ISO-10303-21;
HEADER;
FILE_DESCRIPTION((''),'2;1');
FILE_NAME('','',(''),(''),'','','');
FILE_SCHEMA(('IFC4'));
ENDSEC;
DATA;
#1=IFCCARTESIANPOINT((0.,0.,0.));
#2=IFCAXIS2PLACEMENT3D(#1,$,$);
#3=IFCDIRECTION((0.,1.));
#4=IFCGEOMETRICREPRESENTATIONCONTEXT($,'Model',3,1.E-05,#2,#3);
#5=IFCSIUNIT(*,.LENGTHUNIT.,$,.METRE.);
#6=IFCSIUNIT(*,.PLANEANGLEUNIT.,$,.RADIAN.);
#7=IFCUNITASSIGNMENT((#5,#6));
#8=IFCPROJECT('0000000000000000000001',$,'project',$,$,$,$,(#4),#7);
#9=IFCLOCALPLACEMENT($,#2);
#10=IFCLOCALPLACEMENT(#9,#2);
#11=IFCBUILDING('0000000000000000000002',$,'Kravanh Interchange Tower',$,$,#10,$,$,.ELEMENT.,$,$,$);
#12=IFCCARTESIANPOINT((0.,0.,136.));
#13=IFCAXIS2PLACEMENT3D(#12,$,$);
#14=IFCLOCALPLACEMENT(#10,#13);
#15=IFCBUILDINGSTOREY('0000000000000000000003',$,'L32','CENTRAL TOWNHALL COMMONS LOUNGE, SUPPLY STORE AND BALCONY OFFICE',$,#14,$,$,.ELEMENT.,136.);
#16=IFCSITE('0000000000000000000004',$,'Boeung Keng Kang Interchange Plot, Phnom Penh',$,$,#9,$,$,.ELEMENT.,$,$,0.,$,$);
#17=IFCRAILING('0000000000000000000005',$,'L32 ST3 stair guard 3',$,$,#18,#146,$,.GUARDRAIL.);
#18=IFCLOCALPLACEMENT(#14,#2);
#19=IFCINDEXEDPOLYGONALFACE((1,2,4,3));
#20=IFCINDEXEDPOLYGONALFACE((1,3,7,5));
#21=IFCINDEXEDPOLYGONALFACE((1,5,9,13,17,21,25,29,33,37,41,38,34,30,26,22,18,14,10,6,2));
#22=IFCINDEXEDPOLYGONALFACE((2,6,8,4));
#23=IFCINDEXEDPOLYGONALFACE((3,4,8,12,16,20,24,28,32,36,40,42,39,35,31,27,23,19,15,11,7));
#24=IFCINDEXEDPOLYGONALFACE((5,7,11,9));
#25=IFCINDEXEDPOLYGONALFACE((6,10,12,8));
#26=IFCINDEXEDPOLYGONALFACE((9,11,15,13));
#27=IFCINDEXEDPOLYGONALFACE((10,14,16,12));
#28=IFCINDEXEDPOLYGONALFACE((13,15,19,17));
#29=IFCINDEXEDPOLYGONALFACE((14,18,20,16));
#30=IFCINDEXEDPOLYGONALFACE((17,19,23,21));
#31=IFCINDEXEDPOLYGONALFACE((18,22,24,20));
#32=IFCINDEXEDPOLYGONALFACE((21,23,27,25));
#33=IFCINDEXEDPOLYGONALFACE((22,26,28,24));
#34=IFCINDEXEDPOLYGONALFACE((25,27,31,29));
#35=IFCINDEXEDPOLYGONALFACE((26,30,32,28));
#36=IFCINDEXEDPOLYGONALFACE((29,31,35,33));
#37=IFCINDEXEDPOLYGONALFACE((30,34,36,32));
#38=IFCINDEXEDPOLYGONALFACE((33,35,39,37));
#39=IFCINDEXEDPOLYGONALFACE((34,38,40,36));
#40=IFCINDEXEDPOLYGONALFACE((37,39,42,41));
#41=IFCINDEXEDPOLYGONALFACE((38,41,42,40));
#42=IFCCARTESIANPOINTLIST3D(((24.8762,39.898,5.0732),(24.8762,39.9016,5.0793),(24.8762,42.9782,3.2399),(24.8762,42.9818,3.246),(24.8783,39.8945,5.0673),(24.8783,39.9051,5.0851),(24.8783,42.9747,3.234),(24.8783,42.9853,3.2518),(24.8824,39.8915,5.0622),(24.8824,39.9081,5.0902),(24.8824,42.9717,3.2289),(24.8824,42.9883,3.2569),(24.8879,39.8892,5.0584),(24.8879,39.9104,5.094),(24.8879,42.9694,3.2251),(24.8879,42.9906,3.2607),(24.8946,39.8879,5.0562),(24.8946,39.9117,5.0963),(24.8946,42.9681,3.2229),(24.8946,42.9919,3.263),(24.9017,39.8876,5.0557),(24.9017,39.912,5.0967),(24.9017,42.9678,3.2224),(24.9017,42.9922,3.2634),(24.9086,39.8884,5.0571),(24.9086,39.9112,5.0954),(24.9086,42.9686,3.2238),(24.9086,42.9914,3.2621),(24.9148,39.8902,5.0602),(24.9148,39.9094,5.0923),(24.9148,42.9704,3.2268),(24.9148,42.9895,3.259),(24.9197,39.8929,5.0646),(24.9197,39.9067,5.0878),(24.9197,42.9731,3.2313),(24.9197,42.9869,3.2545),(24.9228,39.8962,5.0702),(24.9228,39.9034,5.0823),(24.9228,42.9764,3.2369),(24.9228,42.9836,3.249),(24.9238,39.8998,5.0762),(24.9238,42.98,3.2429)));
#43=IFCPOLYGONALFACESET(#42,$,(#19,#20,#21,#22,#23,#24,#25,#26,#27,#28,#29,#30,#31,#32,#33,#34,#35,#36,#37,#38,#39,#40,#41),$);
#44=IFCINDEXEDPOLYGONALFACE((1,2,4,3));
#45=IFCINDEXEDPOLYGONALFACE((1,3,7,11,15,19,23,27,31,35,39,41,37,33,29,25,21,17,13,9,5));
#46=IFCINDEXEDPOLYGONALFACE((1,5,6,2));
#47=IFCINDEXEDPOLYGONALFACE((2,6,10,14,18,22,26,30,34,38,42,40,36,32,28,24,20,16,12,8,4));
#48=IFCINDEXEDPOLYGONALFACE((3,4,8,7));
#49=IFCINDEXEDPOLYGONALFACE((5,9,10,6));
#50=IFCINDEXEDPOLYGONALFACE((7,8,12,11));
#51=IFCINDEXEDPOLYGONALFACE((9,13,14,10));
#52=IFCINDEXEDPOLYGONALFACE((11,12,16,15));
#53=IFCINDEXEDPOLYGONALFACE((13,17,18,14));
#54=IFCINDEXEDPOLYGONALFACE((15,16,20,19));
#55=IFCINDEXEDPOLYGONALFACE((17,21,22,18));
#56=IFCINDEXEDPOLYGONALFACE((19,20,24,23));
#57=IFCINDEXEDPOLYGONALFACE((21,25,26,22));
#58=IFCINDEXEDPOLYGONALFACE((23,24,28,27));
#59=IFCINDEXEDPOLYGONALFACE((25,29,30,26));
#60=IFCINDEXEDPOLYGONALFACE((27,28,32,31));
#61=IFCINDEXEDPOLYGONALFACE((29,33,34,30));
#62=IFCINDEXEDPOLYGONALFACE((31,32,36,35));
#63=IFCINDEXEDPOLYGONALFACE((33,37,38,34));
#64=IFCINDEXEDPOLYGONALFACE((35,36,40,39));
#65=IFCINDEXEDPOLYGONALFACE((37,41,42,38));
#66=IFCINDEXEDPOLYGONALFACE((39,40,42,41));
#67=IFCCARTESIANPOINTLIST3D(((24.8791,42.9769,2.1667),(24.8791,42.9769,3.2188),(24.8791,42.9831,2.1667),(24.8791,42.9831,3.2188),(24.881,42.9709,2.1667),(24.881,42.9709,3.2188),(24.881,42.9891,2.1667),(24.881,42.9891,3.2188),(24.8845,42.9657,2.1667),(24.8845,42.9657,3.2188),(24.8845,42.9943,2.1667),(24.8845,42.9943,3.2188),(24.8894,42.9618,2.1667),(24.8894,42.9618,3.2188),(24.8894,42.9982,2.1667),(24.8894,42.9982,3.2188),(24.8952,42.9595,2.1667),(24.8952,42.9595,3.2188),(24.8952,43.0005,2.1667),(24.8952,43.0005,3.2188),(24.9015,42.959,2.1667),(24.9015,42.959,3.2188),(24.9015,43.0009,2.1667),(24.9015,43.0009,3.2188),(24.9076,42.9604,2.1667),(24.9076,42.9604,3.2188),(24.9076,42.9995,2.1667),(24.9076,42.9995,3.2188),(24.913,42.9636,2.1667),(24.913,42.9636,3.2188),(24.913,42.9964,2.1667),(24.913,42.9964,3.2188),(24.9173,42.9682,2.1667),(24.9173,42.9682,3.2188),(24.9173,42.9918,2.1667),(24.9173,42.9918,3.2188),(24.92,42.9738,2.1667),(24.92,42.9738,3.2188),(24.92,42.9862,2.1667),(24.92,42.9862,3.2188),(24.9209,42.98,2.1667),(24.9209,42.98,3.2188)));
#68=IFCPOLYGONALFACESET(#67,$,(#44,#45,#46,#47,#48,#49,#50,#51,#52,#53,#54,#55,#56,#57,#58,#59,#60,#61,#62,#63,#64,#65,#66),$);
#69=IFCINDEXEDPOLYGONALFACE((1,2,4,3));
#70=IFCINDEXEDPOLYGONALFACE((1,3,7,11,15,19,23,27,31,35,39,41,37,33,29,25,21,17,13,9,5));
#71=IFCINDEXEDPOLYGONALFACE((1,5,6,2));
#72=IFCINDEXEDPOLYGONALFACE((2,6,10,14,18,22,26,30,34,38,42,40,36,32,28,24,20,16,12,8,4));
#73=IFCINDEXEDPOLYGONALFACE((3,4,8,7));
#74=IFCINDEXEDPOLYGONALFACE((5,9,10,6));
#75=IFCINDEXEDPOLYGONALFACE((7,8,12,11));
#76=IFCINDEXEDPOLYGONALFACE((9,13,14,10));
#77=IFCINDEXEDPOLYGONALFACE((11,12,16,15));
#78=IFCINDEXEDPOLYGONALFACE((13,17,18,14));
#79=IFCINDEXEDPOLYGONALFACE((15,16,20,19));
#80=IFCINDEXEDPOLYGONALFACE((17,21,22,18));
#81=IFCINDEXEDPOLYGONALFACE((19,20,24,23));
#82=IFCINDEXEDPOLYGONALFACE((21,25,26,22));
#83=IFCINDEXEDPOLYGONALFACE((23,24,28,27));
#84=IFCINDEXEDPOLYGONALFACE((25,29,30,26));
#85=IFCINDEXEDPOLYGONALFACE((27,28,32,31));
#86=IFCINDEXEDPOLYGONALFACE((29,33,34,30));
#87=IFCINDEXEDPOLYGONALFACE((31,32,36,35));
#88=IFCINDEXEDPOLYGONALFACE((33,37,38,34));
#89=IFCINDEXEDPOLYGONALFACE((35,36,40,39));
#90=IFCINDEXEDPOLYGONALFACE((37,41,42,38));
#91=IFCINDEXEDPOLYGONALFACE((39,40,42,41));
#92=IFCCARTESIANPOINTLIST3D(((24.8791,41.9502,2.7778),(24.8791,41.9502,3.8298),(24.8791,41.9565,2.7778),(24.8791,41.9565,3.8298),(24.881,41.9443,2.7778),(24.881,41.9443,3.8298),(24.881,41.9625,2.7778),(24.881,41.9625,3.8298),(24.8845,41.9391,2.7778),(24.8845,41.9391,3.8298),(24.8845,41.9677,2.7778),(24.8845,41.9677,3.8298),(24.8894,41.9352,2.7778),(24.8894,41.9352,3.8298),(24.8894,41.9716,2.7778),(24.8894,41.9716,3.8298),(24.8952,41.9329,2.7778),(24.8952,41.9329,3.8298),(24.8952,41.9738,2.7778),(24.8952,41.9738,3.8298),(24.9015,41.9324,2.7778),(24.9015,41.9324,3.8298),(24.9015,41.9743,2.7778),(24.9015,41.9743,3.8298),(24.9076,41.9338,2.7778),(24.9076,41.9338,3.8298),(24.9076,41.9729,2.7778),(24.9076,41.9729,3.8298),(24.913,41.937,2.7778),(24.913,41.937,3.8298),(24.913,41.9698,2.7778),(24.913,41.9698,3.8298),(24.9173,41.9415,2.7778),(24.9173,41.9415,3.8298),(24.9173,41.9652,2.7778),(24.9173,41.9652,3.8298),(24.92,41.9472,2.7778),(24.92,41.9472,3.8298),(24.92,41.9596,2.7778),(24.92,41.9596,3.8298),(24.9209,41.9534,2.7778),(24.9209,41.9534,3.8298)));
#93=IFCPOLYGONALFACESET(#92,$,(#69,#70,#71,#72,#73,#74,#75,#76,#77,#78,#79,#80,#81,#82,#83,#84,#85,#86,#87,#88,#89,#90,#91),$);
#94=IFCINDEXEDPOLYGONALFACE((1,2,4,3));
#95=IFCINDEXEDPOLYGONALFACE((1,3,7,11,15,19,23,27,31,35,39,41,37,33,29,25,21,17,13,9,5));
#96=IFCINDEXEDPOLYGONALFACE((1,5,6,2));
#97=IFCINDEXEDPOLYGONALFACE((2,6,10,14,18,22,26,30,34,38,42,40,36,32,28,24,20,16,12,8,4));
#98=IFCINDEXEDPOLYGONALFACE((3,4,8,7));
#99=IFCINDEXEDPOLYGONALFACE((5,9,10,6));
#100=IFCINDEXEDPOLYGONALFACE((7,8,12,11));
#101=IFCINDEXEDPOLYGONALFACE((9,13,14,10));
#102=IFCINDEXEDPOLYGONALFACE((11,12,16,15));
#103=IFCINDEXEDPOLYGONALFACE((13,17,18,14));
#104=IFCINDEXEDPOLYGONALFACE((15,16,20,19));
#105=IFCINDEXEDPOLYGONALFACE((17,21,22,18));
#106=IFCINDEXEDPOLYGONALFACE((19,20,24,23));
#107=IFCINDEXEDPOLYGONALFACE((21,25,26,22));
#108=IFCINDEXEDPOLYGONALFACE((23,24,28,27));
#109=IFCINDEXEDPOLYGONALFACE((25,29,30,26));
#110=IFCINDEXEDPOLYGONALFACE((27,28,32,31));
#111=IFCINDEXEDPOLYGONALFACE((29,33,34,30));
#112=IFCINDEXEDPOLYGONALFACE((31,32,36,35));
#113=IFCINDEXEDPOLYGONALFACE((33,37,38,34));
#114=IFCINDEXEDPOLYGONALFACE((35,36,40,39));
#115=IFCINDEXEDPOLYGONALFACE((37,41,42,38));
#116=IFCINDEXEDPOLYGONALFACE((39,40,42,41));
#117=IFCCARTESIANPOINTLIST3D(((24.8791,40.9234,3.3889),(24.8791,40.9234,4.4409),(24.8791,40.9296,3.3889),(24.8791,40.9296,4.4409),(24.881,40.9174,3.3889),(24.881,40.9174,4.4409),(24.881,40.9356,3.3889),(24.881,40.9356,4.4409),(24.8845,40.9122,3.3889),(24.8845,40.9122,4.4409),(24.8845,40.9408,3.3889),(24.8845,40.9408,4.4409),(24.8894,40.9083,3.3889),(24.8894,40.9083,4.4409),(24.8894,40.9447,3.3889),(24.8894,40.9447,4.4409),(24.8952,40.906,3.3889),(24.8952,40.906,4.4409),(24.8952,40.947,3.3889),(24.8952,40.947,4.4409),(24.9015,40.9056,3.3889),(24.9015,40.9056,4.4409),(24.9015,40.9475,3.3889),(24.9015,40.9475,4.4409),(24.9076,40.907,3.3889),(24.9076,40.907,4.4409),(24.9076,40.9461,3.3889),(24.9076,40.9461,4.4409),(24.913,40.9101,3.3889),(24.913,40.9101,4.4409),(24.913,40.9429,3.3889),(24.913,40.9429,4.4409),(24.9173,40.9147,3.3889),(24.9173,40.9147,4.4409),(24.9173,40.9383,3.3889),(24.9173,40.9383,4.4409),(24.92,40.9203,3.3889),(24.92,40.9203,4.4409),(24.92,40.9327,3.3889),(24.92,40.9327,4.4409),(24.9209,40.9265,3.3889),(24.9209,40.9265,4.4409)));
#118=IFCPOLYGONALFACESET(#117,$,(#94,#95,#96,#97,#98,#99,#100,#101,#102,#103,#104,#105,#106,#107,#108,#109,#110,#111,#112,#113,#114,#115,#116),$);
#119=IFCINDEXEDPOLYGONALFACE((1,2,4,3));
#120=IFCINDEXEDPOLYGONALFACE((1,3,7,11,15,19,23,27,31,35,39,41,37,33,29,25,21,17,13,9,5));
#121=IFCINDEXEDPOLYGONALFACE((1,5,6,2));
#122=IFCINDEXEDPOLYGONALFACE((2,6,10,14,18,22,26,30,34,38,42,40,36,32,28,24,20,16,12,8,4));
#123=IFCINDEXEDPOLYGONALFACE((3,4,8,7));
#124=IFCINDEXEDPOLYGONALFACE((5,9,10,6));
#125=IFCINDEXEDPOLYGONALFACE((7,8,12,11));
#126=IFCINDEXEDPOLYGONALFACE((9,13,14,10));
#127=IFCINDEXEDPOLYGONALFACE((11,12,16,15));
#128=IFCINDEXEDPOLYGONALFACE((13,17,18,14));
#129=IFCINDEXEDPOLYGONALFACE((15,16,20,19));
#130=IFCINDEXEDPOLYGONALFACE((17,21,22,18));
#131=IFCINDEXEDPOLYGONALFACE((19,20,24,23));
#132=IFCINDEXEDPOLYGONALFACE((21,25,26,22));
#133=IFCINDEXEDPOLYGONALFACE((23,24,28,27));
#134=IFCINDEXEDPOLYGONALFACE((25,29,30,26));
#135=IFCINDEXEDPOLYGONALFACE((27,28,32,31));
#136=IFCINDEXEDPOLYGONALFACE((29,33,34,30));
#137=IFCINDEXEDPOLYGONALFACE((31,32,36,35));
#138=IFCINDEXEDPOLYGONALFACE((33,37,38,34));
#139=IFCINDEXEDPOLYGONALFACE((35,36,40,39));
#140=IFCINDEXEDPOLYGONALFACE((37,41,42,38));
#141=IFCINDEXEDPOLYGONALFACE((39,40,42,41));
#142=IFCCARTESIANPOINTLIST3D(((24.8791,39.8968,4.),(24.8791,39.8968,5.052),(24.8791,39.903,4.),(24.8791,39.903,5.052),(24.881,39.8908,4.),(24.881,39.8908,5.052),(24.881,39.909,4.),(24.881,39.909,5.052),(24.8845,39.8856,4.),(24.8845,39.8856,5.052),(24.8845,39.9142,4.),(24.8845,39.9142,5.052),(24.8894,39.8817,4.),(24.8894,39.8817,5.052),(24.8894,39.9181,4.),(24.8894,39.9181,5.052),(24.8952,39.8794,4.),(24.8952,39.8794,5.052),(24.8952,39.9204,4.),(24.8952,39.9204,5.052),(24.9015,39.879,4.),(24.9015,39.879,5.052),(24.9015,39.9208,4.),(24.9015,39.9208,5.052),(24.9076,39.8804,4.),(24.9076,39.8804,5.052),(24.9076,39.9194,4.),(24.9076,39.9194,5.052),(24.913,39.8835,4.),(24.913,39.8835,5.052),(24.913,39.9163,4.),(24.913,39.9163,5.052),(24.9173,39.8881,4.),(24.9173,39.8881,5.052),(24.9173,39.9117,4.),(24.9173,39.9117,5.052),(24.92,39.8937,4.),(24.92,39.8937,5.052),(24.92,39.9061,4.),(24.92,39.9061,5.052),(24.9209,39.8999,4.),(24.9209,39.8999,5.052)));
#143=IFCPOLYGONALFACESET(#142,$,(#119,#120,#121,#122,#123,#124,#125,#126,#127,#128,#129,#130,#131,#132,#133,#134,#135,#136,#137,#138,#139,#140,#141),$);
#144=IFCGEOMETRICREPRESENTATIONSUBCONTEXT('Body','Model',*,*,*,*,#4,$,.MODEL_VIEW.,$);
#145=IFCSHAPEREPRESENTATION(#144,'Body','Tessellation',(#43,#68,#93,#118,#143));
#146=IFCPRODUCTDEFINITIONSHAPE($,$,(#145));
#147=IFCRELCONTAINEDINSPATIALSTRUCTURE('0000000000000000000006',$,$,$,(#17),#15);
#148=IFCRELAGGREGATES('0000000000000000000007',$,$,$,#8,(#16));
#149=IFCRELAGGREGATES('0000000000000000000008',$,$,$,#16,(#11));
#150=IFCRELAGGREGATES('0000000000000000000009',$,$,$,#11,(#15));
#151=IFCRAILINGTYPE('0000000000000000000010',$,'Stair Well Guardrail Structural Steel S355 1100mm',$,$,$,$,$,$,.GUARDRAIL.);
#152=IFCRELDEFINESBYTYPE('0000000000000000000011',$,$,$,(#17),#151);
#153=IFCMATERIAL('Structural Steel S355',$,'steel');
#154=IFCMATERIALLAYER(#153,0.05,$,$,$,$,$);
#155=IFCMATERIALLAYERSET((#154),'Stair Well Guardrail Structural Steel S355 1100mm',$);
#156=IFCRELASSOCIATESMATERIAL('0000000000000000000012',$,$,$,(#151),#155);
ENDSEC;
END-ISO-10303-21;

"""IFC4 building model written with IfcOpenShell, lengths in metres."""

from ifc_helpers import new_model, si_unit, direction, frame, origin, origin_2d, place, context, subcontext, project, spatial, circle, extrude, material, layer, layer_set, type_object, element, save


model = new_model("IFC4")

# Units and contexts
model_context = context("Model", 3, precision=1e-05, world=origin(), true_north=direction((0.0, 1.0)))
body_context = subcontext(model_context, "Body", "Model", "MODEL_VIEW")
ifc_project = project(units=[si_unit("LENGTHUNIT", "METRE"), si_unit("PLANEANGLEUNIT", "RADIAN")], contexts=[model_context])

# Site, building, storey
site_placement = place(None, origin())
site = spatial("IfcSite", under=ifc_project, at=site_placement, Name="Boeung Keng Kang Interchange Plot, Phnom Penh", CompositionType="ELEMENT", RefElevation=0.0)
building_placement = place(site_placement, origin())
building = spatial("IfcBuilding", under=site, at=building_placement, Name="Kravanh Interchange Tower", CompositionType="ELEMENT")
storey_placement = place(building_placement, frame((0.0, 0.0, 136.0)))
storey = spatial("IfcBuildingStorey", under=building, at=storey_placement, Name="L32", Description="CENTRAL TOWNHALL COMMONS LOUNGE, SUPPLY STORE AND BALCONY OFFICE", CompositionType="ELEMENT", Elevation=136.0)

# Railing
ifc_material_1 = material(Name="Structural Steel S355", Category="steel")
ifc_layer_1 = layer(ifc_material_1, 0.05)
ifc_layer_set_1 = layer_set([ifc_layer_1], Name="Stair Well Guardrail Structural Steel S355 1100mm")
railing_type_1 = type_object("IfcRailingType", Name="Stair Well Guardrail Structural Steel S355 1100mm", PredefinedType="GUARDRAIL", material=ifc_layer_set_1)
railing_1_placement = place(storey_placement, frame((24.8999, 42.98, 2.1667)))
element("IfcRailing", 1, at=railing_1_placement, inside=storey, type_object=railing_type_1, Name="L32 ST3 stair guard 3", PredefinedType="GUARDRAIL", context=body_context, shape_type="SweptSolid", body=[
    extrude(circle(Radius=0.0239, at=origin_2d()), frame((0.0, 0.0, 1.0762), z_axis=(0.0, -0.859309, 0.511458), x_axis=(1.0, 0.0, 0.0)), (0.0, 0.0, 1.0), 3.5845),
    extrude(circle(Radius=0.021, at=origin_2d()), origin(), (0.0, 0.0, 1.0), 1.052),
    extrude(circle(Radius=0.021, at=origin_2d()), frame((0.0, -1.0266, 0.6111)), (0.0, 0.0, 1.0), 1.052),
    extrude(circle(Radius=0.021, at=origin_2d()), frame((0.0, -2.0535, 1.2222)), (0.0, 0.0, 1.0), 1.052),
    extrude(circle(Radius=0.021, at=origin_2d()), frame((0.0, -3.0801, 1.8333)), (0.0, 0.0, 1.0), 1.052),
])

save(model, "model.ifc")
